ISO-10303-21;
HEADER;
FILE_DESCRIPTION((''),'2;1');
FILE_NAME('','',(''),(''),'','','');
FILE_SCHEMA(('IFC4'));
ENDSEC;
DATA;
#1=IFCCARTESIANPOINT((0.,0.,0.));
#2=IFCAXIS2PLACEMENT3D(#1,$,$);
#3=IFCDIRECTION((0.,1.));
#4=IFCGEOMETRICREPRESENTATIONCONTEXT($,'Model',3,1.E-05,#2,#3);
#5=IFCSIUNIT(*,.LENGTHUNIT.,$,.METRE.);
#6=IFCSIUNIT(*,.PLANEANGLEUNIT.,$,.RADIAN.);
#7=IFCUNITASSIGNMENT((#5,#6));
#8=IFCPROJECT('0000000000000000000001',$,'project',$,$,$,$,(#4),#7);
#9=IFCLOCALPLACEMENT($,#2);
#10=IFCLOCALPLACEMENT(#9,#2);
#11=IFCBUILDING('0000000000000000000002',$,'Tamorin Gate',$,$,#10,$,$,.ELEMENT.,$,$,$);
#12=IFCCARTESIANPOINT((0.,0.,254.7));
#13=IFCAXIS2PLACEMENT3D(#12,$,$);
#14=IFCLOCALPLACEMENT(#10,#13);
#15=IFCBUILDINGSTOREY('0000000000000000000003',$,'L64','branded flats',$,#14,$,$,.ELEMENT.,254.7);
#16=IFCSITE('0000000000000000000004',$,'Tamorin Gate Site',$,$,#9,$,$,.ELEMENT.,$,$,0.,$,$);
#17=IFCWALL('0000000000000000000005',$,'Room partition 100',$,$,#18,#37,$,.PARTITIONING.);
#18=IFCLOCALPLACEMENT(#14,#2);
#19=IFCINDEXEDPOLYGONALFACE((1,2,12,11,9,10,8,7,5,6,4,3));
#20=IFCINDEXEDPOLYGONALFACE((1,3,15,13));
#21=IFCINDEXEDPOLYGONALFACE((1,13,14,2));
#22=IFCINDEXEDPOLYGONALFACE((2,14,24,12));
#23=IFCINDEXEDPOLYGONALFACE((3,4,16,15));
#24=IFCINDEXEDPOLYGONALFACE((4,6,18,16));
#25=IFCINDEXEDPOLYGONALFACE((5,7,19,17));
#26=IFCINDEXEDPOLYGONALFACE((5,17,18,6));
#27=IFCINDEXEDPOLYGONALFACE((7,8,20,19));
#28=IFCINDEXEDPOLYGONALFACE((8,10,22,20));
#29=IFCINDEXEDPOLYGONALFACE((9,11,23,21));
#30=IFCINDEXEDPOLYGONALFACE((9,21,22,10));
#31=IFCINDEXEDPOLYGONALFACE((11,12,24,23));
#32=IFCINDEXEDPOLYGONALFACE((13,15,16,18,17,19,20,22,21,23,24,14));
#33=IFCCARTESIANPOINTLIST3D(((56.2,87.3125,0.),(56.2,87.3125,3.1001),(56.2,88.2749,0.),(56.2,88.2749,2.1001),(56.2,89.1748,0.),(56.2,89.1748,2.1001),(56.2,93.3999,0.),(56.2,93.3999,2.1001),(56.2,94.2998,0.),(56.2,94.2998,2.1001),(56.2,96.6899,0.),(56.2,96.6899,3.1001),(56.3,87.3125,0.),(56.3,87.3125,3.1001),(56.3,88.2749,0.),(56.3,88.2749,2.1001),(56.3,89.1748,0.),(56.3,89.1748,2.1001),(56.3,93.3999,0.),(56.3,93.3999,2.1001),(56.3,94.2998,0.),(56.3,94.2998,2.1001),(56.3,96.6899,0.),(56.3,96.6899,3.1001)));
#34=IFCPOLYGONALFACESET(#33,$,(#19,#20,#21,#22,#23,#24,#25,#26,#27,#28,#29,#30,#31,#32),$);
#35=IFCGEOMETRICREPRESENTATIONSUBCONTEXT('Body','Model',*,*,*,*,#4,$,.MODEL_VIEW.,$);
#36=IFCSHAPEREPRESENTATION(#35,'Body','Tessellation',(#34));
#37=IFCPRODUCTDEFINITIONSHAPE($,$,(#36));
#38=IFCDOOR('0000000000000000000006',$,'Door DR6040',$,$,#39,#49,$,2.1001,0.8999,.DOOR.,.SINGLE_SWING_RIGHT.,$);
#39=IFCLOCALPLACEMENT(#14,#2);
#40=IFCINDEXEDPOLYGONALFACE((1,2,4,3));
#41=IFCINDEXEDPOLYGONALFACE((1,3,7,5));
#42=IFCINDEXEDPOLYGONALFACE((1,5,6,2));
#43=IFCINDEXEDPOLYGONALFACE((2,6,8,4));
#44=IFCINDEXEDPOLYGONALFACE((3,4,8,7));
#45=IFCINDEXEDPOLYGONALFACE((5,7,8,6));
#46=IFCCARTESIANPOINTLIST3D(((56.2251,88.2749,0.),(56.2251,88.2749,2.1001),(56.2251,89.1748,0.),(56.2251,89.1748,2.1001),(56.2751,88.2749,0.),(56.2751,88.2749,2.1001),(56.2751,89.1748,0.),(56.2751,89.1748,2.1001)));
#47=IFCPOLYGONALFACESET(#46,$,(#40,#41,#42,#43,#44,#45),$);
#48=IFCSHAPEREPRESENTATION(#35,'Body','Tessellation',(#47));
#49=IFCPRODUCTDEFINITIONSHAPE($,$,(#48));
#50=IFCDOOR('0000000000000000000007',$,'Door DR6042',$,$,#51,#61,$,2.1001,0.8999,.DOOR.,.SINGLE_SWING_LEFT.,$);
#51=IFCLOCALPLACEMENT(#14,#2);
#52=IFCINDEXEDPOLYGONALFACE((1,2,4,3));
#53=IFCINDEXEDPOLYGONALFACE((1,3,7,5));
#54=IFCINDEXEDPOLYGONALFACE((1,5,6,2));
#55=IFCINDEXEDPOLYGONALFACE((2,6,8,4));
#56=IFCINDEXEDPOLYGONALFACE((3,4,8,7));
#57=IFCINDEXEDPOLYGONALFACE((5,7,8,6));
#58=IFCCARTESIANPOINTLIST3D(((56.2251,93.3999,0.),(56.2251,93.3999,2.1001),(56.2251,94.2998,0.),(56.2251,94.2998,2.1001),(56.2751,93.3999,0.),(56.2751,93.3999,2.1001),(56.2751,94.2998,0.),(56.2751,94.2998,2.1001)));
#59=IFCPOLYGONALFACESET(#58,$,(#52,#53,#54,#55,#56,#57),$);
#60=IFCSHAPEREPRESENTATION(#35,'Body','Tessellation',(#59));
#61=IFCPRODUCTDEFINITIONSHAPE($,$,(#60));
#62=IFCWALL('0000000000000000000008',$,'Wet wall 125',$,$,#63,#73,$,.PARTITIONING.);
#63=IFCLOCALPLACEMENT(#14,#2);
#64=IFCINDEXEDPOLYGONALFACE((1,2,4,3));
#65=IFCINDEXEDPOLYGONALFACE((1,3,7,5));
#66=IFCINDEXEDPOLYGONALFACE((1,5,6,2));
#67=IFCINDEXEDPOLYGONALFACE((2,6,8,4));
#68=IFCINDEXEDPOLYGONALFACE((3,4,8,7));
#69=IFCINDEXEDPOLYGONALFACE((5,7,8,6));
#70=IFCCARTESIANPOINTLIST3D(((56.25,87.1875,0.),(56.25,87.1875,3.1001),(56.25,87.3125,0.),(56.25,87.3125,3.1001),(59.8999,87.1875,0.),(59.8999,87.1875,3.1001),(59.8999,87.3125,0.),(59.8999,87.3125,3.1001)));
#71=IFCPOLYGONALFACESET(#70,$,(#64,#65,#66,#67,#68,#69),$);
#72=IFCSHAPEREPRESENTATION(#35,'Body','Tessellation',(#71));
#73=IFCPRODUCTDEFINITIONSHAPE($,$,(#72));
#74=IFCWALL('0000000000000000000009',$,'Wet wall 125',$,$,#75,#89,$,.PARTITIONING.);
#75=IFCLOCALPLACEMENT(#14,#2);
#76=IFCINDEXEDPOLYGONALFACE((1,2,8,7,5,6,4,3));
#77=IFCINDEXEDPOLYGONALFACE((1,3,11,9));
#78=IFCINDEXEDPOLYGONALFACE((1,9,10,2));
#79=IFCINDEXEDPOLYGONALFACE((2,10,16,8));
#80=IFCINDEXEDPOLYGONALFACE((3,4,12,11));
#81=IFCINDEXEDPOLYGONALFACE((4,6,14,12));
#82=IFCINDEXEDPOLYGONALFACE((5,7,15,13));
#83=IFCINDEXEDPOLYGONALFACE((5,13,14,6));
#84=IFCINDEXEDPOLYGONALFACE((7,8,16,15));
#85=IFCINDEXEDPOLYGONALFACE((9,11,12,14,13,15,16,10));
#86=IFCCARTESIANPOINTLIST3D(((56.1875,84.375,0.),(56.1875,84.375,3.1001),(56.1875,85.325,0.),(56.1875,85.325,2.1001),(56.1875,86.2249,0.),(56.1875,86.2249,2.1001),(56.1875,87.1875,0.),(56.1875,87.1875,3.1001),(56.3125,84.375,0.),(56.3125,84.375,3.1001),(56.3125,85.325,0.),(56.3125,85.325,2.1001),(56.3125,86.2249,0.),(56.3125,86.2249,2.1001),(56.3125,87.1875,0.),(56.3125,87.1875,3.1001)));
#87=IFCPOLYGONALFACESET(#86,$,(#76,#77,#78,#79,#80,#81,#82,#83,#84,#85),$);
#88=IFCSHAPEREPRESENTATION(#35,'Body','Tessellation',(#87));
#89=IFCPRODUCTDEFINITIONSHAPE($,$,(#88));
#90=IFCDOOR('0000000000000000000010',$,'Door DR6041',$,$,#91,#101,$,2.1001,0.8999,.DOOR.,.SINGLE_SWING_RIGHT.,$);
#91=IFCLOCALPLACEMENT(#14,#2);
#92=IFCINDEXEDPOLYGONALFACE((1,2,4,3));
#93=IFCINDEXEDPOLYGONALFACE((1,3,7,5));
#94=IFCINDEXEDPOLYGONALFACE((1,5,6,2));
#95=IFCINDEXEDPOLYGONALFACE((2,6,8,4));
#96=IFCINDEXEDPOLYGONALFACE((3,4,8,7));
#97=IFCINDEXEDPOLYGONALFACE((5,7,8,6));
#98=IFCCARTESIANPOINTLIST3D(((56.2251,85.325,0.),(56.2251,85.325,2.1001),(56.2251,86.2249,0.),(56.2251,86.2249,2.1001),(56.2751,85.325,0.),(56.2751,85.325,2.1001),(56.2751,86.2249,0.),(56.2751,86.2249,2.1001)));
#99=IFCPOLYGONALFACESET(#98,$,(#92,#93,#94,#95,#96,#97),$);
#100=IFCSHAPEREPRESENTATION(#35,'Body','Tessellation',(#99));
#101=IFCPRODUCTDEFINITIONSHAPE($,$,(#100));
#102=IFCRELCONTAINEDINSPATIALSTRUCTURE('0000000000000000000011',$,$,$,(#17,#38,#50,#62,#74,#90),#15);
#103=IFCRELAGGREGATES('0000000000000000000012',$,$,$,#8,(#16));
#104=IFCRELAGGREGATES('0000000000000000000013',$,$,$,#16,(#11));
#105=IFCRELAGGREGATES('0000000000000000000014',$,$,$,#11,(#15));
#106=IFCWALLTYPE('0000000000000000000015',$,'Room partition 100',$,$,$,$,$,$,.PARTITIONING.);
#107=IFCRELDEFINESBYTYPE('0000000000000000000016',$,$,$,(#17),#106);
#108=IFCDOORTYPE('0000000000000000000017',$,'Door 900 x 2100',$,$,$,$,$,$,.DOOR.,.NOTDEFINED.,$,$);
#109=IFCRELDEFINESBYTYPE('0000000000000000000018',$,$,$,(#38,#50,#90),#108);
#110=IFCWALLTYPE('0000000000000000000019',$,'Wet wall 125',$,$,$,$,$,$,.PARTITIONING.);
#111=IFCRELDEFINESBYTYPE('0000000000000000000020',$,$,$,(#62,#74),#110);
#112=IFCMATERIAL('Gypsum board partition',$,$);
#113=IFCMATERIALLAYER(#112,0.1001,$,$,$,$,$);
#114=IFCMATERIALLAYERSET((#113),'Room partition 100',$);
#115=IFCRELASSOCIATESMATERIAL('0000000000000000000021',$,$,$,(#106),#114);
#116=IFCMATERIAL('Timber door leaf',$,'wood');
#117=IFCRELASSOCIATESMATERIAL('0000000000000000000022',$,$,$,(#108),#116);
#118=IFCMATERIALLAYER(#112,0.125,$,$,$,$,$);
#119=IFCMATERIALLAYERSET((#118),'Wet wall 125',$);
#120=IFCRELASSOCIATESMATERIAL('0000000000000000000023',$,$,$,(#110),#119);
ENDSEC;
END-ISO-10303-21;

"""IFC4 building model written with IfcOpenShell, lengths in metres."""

from ifc_helpers import new_model, si_unit, direction, frame, frame_2d, origin, place, context, subcontext, project, spatial, rectangle, extrude, material, layer, layer_set, type_object, element, fill, save


model = new_model("IFC4")

# Units and contexts
model_context = context("Model", 3, precision=1e-05, world=origin(), true_north=direction((0.0, 1.0)))
body_context = subcontext(model_context, "Body", "Model", "MODEL_VIEW")
ifc_project = project(units=[si_unit("LENGTHUNIT", "METRE"), si_unit("PLANEANGLEUNIT", "RADIAN")], contexts=[model_context])

# Site, building, storey
site_placement = place(None, origin())
site = spatial("IfcSite", under=ifc_project, at=site_placement, Name="Tamorin Gate Site", CompositionType="ELEMENT", RefElevation=0.0)
building_placement = place(site_placement, origin())
building = spatial("IfcBuilding", under=site, at=building_placement, Name="Tamorin Gate", CompositionType="ELEMENT")
storey_placement = place(building_placement, frame((0.0, 0.0, 254.7)))
storey = spatial("IfcBuildingStorey", under=building, at=storey_placement, Name="L64", Description="branded flats", CompositionType="ELEMENT", Elevation=254.7)

# Shared definitions
ifc_material_1 = material(Name="Gypsum board partition")

# Wall, openings, doors
ifc_layer_1 = layer(ifc_material_1, 0.1001)
ifc_layer_set_1 = layer_set([ifc_layer_1], Name="Room partition 100")
wall_type_1 = type_object("IfcWallType", Name="Room partition 100", PredefinedType="PARTITIONING", material=ifc_layer_set_1)
wall_1_placement = place(storey_placement, frame((56.25, 87.3125, 0.0), z_axis=(0.0, 0.0, 1.0), x_axis=(0.0, 1.0, 0.0)))
wall_1 = element("IfcWall", 1, at=wall_1_placement, inside=storey, type_object=wall_type_1, Name="Room partition 100", PredefinedType="PARTITIONING", context=body_context, shape_type="SweptSolid", body=[
    extrude(rectangle(XDim=9.3774, YDim=0.1001, at=frame_2d((4.6887, 0.0))), origin(), (0.0, 0.0, 1.0), 3.1001),
])
opening_1_placement = place(wall_1_placement, frame((0.9624, 0.0, 0.0)))
opening_1 = element("IfcOpeningElement", 2, at=opening_1_placement, cuts=wall_1, PredefinedType="OPENING", context=body_context, shape_type="SweptSolid", body=[
    extrude(rectangle(XDim=0.8999, YDim=2.1001, at=frame_2d((0.45, 1.05))), frame((0.0, 0.0601, 0.0), z_axis=(0.0, -1.0, 0.0), x_axis=(1.0, 0.0, 0.0)), (0.0, 0.0, 1.0), 0.1201),
])
opening_2_placement = place(wall_1_placement, frame((6.0874, 0.0, 0.0)))
opening_2 = element("IfcOpeningElement", 3, at=opening_2_placement, cuts=wall_1, PredefinedType="OPENING", context=body_context, shape_type="SweptSolid", body=[
    extrude(rectangle(XDim=0.8999, YDim=2.1001, at=frame_2d((0.45, 1.05))), frame((0.0, 0.0601, 0.0), z_axis=(0.0, -1.0, 0.0), x_axis=(1.0, 0.0, 0.0)), (0.0, 0.0, 1.0), 0.1201),
])
ifc_material_2 = material(Name="Timber door leaf", Category="wood")
door_type = type_object("IfcDoorType", Name="Door 900 x 2100", OperationType="NOTDEFINED", PredefinedType="DOOR", material=ifc_material_2)
door_1_placement = place(opening_1_placement, origin())
door_1 = element("IfcDoor", 4, at=door_1_placement, inside=storey, type_object=door_type, Name="Door DR6040", OperationType="SINGLE_SWING_RIGHT", OverallHeight=2.1001, OverallWidth=0.8999, PredefinedType="DOOR", context=body_context, shape_type="SweptSolid", body=[
    extrude(rectangle(XDim=0.8999, YDim=2.1001, at=frame_2d((0.45, 1.05))), frame((0.0, 0.0249, 0.0), z_axis=(0.0, -1.0, 0.0), x_axis=(1.0, 0.0, 0.0)), (0.0, 0.0, 1.0), 0.05),
])
fill(opening_1, door_1)
door_2_placement = place(opening_2_placement, origin())
door_2 = element("IfcDoor", 5, at=door_2_placement, inside=storey, type_object=door_type, Name="Door DR6042", OperationType="SINGLE_SWING_LEFT", OverallHeight=2.1001, OverallWidth=0.8999, PredefinedType="DOOR", context=body_context, shape_type="SweptSolid", body=[
    extrude(rectangle(XDim=0.8999, YDim=2.1001, at=frame_2d((0.45, 1.05))), frame((0.0, 0.0249, 0.0), z_axis=(0.0, -1.0, 0.0), x_axis=(1.0, 0.0, 0.0)), (0.0, 0.0, 1.0), 0.05),
])
fill(opening_2, door_2)

# Wall
ifc_layer_2 = layer(ifc_material_1, 0.125)
ifc_layer_set_2 = layer_set([ifc_layer_2], Name="Wet wall 125")
wall_type_2 = type_object("IfcWallType", Name="Wet wall 125", PredefinedType="PARTITIONING", material=ifc_layer_set_2)
wall_2_placement = place(storey_placement, frame((56.25, 87.25, 0.0), z_axis=(0.0, 0.0, 1.0), x_axis=(1.0, 0.0, 0.0)))
element("IfcWall", 6, at=wall_2_placement, inside=storey, type_object=wall_type_2, Name="Wet wall 125", PredefinedType="PARTITIONING", context=body_context, shape_type="SweptSolid", body=[
    extrude(rectangle(XDim=3.6499, YDim=0.125, at=frame_2d((1.825, 0.0))), origin(), (0.0, 0.0, 1.0), 3.1001),
])

# Wall, opening, door
wall_3_placement = place(storey_placement, frame((56.25, 84.375, 0.0), z_axis=(0.0, 0.0, 1.0), x_axis=(0.0, 1.0, 0.0)))
wall_3 = element("IfcWall", 7, at=wall_3_placement, inside=storey, type_object=wall_type_2, Name="Wet wall 125", PredefinedType="PARTITIONING", context=body_context, shape_type="SweptSolid", body=[
    extrude(rectangle(XDim=2.8125, YDim=0.125, at=frame_2d((1.4062, 0.0))), origin(), (0.0, 0.0, 1.0), 3.1001),
])
opening_3_placement = place(wall_3_placement, frame((0.95, 0.0, 0.0)))
opening_3 = element("IfcOpeningElement", 8, at=opening_3_placement, cuts=wall_3, PredefinedType="OPENING", context=body_context, shape_type="SweptSolid", body=[
    extrude(rectangle(XDim=0.8999, YDim=2.1001, at=frame_2d((0.45, 1.05))), frame((0.0, 0.0725, 0.0), z_axis=(0.0, -1.0, 0.0), x_axis=(1.0, 0.0, 0.0)), (0.0, 0.0, 1.0), 0.145),
])
door_3_placement = place(opening_3_placement, origin())
door_3 = element("IfcDoor", 9, at=door_3_placement, inside=storey, type_object=door_type, Name="Door DR6041", OperationType="SINGLE_SWING_RIGHT", OverallHeight=2.1001, OverallWidth=0.8999, PredefinedType="DOOR", context=body_context, shape_type="SweptSolid", body=[
    extrude(rectangle(XDim=0.8999, YDim=2.1001, at=frame_2d((0.45, 1.05))), frame((0.0, 0.0249, 0.0), z_axis=(0.0, -1.0, 0.0), x_axis=(1.0, 0.0, 0.0)), (0.0, 0.0, 1.0), 0.05),
])
fill(opening_3, door_3)

save(model, "model.ifc")
